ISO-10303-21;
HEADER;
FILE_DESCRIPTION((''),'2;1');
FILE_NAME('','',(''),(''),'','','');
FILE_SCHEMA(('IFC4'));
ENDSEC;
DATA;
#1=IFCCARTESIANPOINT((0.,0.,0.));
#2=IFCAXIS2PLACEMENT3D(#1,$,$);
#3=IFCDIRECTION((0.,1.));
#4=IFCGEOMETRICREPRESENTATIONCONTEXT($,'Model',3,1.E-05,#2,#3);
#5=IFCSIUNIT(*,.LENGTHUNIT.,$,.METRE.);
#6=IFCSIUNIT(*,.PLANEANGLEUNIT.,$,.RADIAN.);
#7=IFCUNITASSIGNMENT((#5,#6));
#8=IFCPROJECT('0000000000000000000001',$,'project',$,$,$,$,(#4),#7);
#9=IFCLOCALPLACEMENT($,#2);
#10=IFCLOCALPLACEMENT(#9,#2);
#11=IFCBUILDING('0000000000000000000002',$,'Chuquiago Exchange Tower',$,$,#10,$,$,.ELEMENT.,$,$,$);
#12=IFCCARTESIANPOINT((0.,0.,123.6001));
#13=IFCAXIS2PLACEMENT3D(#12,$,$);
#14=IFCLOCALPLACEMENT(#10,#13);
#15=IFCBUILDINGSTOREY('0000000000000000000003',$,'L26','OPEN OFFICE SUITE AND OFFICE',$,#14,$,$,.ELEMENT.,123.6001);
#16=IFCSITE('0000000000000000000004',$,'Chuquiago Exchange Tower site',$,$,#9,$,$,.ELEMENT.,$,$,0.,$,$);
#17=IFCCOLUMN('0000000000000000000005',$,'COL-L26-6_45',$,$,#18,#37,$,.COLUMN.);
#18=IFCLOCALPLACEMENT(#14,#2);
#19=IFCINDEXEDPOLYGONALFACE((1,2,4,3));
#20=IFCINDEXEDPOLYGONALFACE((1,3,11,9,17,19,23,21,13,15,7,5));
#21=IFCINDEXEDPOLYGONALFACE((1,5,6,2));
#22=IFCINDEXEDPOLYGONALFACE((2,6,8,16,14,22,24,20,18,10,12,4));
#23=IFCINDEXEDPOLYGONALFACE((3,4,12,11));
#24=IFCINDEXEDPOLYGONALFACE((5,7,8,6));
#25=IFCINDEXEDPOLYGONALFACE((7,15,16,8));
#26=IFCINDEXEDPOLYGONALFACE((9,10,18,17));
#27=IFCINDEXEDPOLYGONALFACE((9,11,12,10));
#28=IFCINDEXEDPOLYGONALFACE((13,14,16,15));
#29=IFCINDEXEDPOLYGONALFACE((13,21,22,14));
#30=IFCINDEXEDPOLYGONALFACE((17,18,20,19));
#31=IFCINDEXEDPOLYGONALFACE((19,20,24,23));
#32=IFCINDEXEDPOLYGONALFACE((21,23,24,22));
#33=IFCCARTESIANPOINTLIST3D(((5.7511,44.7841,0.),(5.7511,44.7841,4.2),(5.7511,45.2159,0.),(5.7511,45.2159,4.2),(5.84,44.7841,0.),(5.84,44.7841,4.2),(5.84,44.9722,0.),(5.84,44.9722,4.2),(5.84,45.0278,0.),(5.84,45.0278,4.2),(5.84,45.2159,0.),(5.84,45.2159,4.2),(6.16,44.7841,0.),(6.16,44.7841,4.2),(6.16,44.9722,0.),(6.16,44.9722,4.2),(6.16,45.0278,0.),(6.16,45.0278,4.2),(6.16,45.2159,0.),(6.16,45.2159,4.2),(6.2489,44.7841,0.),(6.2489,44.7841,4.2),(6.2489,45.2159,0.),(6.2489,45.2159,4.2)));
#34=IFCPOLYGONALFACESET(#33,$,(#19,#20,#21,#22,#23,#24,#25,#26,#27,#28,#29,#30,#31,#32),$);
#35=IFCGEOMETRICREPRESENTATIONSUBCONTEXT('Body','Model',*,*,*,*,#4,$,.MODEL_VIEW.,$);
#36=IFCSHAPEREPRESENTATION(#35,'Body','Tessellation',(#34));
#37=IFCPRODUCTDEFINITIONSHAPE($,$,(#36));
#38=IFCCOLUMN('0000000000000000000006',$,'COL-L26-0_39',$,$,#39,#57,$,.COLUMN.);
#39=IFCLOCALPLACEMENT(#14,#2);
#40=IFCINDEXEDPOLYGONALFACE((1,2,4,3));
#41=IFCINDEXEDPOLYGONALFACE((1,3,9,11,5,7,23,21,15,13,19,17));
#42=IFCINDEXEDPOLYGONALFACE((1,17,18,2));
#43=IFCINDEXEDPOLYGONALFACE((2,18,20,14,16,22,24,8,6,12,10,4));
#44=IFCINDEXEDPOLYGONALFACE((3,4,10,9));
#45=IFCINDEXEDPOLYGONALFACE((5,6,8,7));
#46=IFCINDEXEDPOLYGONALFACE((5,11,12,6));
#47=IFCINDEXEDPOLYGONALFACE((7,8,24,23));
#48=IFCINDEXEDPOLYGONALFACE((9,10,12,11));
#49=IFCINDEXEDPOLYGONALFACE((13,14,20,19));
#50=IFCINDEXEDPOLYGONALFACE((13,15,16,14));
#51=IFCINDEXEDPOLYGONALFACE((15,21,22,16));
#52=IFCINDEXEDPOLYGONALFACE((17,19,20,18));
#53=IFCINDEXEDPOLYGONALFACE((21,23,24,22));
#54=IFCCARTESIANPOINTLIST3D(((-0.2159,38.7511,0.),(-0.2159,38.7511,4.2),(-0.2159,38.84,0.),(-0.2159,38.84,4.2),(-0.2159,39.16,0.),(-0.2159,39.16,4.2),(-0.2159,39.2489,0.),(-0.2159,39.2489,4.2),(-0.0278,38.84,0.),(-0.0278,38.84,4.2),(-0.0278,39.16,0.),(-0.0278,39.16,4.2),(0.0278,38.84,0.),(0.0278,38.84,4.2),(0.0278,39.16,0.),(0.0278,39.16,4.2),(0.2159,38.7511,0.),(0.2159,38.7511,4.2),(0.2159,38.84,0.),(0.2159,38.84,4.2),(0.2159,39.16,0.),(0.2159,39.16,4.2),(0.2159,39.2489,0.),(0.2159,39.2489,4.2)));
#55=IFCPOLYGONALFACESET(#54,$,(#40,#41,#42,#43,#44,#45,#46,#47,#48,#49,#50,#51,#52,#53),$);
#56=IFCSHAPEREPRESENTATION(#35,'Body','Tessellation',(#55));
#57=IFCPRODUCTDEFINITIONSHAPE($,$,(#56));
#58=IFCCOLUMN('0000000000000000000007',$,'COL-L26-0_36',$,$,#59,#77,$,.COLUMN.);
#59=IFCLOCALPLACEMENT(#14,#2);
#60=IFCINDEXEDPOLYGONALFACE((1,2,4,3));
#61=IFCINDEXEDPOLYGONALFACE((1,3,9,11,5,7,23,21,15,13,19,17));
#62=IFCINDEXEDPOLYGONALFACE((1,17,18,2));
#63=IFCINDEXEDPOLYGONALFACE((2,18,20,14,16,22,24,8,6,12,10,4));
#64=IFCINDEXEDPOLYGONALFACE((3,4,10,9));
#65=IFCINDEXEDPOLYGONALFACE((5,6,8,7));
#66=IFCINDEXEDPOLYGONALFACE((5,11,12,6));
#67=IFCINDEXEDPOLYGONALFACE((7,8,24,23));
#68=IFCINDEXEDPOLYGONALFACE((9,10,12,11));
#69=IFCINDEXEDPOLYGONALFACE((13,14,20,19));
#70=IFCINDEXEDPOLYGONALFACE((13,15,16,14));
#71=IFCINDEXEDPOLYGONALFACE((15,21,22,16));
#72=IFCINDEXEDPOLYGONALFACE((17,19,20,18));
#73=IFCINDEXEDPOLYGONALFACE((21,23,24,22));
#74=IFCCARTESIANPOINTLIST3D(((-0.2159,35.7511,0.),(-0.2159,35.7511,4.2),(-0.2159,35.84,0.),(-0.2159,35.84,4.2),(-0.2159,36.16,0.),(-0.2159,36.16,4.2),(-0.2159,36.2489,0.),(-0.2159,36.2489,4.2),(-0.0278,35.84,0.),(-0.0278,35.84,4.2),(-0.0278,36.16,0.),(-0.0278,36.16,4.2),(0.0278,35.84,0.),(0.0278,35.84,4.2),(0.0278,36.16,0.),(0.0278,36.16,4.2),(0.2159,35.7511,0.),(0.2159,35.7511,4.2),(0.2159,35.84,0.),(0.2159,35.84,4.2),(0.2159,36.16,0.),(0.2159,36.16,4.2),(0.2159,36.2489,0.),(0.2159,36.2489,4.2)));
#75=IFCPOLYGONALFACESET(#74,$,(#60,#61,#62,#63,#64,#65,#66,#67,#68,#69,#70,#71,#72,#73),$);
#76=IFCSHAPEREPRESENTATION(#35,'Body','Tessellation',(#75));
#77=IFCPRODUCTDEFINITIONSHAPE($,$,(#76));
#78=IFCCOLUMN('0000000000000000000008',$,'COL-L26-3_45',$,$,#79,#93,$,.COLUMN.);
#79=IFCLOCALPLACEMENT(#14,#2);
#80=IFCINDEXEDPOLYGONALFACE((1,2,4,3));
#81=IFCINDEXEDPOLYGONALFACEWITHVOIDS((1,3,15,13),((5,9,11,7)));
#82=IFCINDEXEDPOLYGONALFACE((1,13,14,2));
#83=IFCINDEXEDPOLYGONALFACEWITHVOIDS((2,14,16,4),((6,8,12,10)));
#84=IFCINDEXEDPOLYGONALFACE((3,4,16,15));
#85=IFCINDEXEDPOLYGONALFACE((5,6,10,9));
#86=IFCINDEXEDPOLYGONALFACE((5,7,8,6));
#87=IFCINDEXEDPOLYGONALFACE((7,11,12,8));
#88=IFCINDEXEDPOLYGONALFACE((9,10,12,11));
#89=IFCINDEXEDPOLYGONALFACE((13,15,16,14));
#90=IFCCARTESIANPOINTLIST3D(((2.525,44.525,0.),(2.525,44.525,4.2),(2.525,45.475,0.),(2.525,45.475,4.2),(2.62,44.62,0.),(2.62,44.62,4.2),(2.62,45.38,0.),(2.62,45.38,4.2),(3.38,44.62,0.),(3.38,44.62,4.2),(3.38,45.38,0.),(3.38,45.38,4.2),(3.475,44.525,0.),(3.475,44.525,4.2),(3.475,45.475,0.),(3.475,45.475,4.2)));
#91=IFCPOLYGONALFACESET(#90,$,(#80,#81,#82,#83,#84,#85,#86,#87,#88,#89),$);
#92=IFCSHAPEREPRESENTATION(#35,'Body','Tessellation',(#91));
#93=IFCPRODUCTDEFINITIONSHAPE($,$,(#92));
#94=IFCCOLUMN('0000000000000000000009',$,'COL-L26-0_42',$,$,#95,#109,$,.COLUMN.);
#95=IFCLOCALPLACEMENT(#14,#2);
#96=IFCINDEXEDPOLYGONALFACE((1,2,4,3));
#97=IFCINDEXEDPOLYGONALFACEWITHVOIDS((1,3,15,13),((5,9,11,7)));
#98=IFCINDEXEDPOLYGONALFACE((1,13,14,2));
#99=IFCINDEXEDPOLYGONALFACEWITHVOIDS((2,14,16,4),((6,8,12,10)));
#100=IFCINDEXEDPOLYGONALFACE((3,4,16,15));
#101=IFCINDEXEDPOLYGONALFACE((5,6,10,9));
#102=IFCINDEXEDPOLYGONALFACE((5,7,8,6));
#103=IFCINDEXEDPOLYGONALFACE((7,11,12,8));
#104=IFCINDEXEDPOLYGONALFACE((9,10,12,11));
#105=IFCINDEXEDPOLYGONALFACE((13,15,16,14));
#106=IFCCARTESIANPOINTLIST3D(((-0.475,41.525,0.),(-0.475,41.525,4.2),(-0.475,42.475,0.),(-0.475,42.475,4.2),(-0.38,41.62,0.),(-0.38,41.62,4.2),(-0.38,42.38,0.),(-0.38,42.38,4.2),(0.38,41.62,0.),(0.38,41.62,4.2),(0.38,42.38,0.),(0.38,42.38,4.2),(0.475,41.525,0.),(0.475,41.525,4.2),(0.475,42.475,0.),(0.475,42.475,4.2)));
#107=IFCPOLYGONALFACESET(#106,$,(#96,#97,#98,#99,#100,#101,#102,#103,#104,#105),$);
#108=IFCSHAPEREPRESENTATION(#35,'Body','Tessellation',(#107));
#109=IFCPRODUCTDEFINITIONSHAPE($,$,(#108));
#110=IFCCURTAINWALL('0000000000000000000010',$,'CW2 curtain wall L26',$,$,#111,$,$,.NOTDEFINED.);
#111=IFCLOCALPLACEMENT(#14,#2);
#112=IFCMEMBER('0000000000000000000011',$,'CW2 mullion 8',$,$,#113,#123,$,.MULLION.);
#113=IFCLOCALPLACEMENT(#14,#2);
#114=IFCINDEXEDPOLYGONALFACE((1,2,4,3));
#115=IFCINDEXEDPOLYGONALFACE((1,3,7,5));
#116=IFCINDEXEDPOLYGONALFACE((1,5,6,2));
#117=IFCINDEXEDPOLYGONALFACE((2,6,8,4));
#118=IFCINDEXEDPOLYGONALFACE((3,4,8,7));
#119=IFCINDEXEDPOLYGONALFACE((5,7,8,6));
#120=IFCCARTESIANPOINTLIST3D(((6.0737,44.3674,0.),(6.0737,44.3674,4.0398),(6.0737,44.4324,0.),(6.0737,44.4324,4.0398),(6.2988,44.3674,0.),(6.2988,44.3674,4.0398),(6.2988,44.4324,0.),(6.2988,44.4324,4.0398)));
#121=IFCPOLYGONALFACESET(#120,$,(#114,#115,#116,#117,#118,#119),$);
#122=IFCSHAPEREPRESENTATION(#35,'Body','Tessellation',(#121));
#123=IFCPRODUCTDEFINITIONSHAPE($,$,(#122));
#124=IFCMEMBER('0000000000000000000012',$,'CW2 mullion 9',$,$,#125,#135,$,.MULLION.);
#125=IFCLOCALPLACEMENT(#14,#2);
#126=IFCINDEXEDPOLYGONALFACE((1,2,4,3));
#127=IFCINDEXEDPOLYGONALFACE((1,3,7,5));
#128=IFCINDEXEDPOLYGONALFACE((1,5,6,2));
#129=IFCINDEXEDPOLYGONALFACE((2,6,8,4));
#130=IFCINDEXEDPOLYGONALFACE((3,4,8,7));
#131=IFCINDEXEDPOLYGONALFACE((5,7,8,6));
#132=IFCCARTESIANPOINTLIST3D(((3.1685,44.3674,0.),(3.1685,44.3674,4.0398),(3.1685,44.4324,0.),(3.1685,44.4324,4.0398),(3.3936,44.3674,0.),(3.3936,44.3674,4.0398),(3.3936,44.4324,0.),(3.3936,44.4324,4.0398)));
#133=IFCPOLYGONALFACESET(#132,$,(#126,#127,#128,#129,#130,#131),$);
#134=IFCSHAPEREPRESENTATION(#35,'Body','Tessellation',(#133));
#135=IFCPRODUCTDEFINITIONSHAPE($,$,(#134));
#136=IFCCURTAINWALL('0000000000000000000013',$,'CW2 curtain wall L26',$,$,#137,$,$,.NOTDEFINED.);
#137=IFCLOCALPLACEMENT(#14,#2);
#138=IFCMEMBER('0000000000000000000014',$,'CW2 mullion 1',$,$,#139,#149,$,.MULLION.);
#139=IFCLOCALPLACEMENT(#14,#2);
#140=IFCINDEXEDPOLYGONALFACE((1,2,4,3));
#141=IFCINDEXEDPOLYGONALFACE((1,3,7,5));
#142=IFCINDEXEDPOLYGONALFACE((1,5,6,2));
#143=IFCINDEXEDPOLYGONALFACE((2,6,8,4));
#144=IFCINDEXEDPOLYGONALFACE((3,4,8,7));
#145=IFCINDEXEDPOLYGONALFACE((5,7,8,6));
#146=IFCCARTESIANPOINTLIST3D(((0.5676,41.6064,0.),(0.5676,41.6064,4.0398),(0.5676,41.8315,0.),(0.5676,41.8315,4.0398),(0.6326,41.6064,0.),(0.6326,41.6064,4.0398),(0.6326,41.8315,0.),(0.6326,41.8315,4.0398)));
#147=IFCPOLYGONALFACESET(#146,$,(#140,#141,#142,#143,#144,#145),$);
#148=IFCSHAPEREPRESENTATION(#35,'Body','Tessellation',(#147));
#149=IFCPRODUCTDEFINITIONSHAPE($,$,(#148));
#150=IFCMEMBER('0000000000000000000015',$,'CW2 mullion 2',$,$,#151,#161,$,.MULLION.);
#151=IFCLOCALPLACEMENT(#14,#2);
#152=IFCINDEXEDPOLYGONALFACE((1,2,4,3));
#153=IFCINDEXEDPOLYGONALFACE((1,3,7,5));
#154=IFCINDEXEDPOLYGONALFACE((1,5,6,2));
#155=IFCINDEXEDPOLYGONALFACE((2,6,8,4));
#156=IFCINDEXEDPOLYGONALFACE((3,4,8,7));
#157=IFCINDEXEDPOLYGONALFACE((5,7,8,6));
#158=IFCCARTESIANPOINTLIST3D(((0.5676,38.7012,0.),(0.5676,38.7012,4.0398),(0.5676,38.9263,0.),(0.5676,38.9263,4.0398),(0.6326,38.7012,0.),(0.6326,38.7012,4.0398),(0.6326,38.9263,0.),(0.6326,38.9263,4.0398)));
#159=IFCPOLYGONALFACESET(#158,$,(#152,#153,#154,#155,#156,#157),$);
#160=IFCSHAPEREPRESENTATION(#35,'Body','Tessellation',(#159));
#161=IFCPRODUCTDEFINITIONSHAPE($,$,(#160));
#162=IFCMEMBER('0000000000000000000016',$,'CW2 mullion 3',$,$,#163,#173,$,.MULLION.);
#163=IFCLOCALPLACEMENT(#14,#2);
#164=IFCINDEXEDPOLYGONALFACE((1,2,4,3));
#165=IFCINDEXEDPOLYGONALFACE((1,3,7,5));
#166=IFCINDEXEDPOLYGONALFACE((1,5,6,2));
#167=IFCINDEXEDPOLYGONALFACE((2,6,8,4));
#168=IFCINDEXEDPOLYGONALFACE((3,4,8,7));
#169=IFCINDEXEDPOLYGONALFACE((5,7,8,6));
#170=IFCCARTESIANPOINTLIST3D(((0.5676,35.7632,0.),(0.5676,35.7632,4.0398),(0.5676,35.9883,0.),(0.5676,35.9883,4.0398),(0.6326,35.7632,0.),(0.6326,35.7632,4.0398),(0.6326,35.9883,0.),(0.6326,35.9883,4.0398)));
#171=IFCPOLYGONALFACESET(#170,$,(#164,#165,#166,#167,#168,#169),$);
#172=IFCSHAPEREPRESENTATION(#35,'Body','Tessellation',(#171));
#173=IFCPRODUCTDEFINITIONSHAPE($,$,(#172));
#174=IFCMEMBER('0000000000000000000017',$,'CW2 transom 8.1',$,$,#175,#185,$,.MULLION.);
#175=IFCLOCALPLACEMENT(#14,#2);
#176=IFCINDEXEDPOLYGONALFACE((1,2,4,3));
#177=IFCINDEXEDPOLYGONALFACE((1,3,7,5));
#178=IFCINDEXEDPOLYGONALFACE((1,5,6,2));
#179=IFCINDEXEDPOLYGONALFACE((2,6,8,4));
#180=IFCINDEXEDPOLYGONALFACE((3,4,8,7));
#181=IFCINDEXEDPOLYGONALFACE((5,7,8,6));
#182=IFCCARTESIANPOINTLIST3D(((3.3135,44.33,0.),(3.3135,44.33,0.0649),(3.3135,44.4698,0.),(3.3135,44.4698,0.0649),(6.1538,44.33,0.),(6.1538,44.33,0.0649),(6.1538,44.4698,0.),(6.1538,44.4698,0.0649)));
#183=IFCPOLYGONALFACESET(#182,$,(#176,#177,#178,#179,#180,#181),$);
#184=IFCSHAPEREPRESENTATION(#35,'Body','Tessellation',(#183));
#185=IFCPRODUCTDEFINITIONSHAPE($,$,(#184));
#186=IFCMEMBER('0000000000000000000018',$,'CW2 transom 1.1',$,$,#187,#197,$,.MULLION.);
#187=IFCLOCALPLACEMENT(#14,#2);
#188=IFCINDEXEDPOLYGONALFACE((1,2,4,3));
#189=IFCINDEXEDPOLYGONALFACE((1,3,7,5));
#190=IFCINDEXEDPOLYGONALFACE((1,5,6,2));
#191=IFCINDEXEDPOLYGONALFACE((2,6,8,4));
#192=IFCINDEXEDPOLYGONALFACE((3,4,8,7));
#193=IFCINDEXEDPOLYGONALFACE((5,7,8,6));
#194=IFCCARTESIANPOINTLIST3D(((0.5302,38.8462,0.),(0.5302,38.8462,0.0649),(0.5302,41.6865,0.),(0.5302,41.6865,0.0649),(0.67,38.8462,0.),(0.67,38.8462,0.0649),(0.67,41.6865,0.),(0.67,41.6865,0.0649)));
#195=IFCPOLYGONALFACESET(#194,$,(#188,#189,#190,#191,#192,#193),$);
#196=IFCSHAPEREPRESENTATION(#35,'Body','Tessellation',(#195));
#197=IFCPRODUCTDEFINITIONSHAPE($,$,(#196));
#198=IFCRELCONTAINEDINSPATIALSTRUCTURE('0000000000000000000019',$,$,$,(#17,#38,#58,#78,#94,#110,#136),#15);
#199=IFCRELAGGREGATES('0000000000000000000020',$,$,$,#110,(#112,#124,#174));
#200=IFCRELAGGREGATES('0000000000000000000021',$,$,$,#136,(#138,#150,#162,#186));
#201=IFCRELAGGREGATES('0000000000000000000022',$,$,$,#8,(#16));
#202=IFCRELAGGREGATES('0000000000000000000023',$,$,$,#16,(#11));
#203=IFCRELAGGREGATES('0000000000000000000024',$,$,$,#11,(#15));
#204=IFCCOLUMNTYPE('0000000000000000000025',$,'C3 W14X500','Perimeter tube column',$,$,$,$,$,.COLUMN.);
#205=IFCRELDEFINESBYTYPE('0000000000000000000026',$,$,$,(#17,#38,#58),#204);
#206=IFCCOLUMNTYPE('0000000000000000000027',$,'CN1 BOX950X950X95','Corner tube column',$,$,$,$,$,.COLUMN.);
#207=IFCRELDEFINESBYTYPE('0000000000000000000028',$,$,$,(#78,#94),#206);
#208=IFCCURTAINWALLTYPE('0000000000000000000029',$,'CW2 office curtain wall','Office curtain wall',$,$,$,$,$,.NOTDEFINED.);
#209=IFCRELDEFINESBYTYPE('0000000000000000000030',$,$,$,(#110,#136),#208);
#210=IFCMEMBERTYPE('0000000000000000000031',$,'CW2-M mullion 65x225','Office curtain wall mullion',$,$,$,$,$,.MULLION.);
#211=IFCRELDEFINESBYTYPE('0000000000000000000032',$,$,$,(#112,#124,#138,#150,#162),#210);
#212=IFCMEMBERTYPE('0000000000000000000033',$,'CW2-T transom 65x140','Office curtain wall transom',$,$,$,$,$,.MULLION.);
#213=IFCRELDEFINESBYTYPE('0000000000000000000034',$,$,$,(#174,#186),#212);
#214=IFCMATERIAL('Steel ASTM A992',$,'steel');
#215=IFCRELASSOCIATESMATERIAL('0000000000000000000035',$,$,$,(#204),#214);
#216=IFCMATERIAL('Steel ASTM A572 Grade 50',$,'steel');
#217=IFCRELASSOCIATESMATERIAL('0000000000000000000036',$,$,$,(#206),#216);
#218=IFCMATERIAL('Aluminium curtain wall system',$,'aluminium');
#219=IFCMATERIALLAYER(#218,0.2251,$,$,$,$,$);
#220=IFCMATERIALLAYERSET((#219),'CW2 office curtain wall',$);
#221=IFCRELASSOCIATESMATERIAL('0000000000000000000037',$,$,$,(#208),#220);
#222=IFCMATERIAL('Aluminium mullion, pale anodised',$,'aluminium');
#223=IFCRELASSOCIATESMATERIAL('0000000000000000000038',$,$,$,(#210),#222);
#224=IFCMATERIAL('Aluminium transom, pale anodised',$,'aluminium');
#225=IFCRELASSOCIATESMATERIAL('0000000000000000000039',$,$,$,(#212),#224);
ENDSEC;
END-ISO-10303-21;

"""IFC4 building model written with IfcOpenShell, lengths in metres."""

from ifc_helpers import new_model, si_unit, direction, frame, origin, origin_2d, place, context, subcontext, project, spatial, rectangle, hollow_rectangle, i_section, extrude, material, layer, layer_set, material_profile, profile_set, type_object, element, aggregate, save


model = new_model("IFC4")

# Units and contexts
model_context = context("Model", 3, precision=1e-05, world=origin(), true_north=direction((0.0, 1.0)))
body_context = subcontext(model_context, "Body", "Model", "MODEL_VIEW")
ifc_project = project(units=[si_unit("LENGTHUNIT", "METRE"), si_unit("PLANEANGLEUNIT", "RADIAN")], contexts=[model_context])

# Site, building, storey
site_placement = place(None, origin())
site = spatial("IfcSite", under=ifc_project, at=site_placement, Name="Chuquiago Exchange Tower site", CompositionType="ELEMENT", RefElevation=0.0)
building_placement = place(site_placement, origin())
building = spatial("IfcBuilding", under=site, at=building_placement, Name="Chuquiago Exchange Tower", CompositionType="ELEMENT")
storey_placement = place(building_placement, frame((0.0, 0.0, 123.6001)))
storey = spatial("IfcBuildingStorey", under=building, at=storey_placement, Name="L26", Description="OPEN OFFICE SUITE AND OFFICE", CompositionType="ELEMENT", Elevation=123.6001)

# Columns
ifc_material_1 = material(Name="Steel ASTM A992", Category="steel")
ifc_material_profile_1 = material_profile(ifc_material_1, i_section(OverallWidth=0.4319, OverallDepth=0.4978, WebThickness=0.0557, FlangeThickness=0.0889, at=origin_2d()), Name="W14X500")
ifc_profile_set_1 = profile_set([ifc_material_profile_1], Name="Steel ASTM A992")
column_type_1 = type_object("IfcColumnType", Name="C3 W14X500", Description="Perimeter tube column", PredefinedType="COLUMN", material=ifc_profile_set_1)
for number, where, z_axis, x_axis, name in (
    (1, (6.0, 45.0, 0.0), (0.0, 0.0, 1.0), (0.0, 1.0, 0.0), "COL-L26-6_45"),
    (2, (0.0, 39.0, 0.0), (0.0, 0.0, 1.0), (-1.0, 0.0, 0.0), "COL-L26-0_39"),
    (3, (0.0, 36.0, 0.0), (0.0, 0.0, 1.0), (-1.0, 0.0, 0.0), "COL-L26-0_36"),
):
    element("IfcColumn", number, at=place(storey_placement, frame(where, z_axis=z_axis, x_axis=x_axis)), inside=storey, type_object=column_type_1, Name=name, PredefinedType="COLUMN", context=body_context, shape_type="SweptSolid", body=[
        extrude(i_section(OverallWidth=0.4319, OverallDepth=0.4978, WebThickness=0.0557, FlangeThickness=0.0889, at=origin_2d()), origin(), (0.0, 0.0, 1.0), 4.2),
    ])
ifc_material_2 = material(Name="Steel ASTM A572 Grade 50", Category="steel")
ifc_material_profile_2 = material_profile(ifc_material_2, hollow_rectangle(XDim=0.95, YDim=0.95, WallThickness=0.095, at=origin_2d()), Name="BOX950X950X95")
ifc_profile_set_2 = profile_set([ifc_material_profile_2], Name="Steel ASTM A572 Grade 50")
column_type_2 = type_object("IfcColumnType", Name="CN1 BOX950X950X95", Description="Corner tube column", PredefinedType="COLUMN", material=ifc_profile_set_2)
for number, where, z_axis, x_axis, name in (
    (4, (3.0, 45.0, 0.0), (0.0, 0.0, 1.0), (0.0, 1.0, 0.0), "COL-L26-3_45"),
    (5, (0.0, 42.0, 0.0), (0.0, 0.0, 1.0), (-1.0, 0.0, 0.0), "COL-L26-0_42"),
):
    element("IfcColumn", number, at=place(storey_placement, frame(where, z_axis=z_axis, x_axis=x_axis)), inside=storey, type_object=column_type_2, Name=name, PredefinedType="COLUMN", context=body_context, shape_type="SweptSolid", body=[
        extrude(hollow_rectangle(XDim=0.95, YDim=0.95, WallThickness=0.095, at=origin_2d()), origin(), (0.0, 0.0, 1.0), 4.2),
    ])

# Curtain walls, members
ifc_material_3 = material(Name="Aluminium curtain wall system", Category="aluminium")
ifc_layer_1 = layer(ifc_material_3, 0.2251)
ifc_layer_set_1 = layer_set([ifc_layer_1], Name="CW2 office curtain wall")
curtain_wall_type_1 = type_object("IfcCurtainWallType", Name="CW2 office curtain wall", Description="Office curtain wall", PredefinedType="NOTDEFINED", material=ifc_layer_set_1)
curtain_wall_1_placement = place(storey_placement, origin())
curtain_wall_1 = element("IfcCurtainWall", 6, at=curtain_wall_1_placement, inside=storey, type_object=curtain_wall_type_1, Name="CW2 curtain wall L26", PredefinedType="NOTDEFINED")
ifc_material_4 = material(Name="Aluminium mullion, pale anodised", Category="aluminium")
ifc_material_profile_3 = material_profile(ifc_material_4, rectangle(XDim=0.0649, YDim=0.2251, at=origin_2d()), Name="AL 65x225")
ifc_profile_set_3 = profile_set([ifc_material_profile_3], Name="Aluminium mullion, pale anodised")
member_type_1 = type_object("IfcMemberType", Name="CW2-M mullion 65x225", Description="Office curtain wall mullion", PredefinedType="MULLION", material=ifc_profile_set_3)
member_1_placement = place(storey_placement, frame((6.1863, 44.3999, 0.0), z_axis=(0.0, 0.0, 1.0), x_axis=(0.0, -1.0, 0.0)))
member_1 = element("IfcMember", 7, at=member_1_placement, type_object=member_type_1, Name="CW2 mullion 8", PredefinedType="MULLION", context=body_context, shape_type="SweptSolid", body=[
    extrude(rectangle(XDim=0.0649, YDim=0.2251, at=origin_2d()), origin(), (0.0, 0.0, 1.0), 4.0398),
])
member_2_placement = place(storey_placement, frame((3.281, 44.3999, 0.0), z_axis=(0.0, 0.0, 1.0), x_axis=(0.0, -1.0, 0.0)))
member_2 = element("IfcMember", 8, at=member_2_placement, type_object=member_type_1, Name="CW2 mullion 9", PredefinedType="MULLION", context=body_context, shape_type="SweptSolid", body=[
    extrude(rectangle(XDim=0.0649, YDim=0.2251, at=origin_2d()), origin(), (0.0, 0.0, 1.0), 4.0398),
])
curtain_wall_2_placement = place(storey_placement, origin())
curtain_wall_2 = element("IfcCurtainWall", 9, at=curtain_wall_2_placement, inside=storey, type_object=curtain_wall_type_1, Name="CW2 curtain wall L26", PredefinedType="NOTDEFINED")
member_3_placement = place(storey_placement, frame((0.6001, 41.719, 0.0), z_axis=(0.0, 0.0, 1.0), x_axis=(1.0, 0.0, 0.0)))
member_3 = element("IfcMember", 10, at=member_3_placement, type_object=member_type_1, Name="CW2 mullion 1", PredefinedType="MULLION", context=body_context, shape_type="SweptSolid", body=[
    extrude(rectangle(XDim=0.0649, YDim=0.2251, at=origin_2d()), origin(), (0.0, 0.0, 1.0), 4.0398),
])
member_4_placement = place(storey_placement, frame((0.6001, 38.8137, 0.0), z_axis=(0.0, 0.0, 1.0), x_axis=(1.0, 0.0, 0.0)))
member_4 = element("IfcMember", 11, at=member_4_placement, type_object=member_type_1, Name="CW2 mullion 2", PredefinedType="MULLION", context=body_context, shape_type="SweptSolid", body=[
    extrude(rectangle(XDim=0.0649, YDim=0.2251, at=origin_2d()), origin(), (0.0, 0.0, 1.0), 4.0398),
])
member_5_placement = place(storey_placement, frame((0.6001, 35.8757, 0.0), z_axis=(0.0, 0.0, 1.0), x_axis=(1.0, 0.0, 0.0)))
member_5 = element("IfcMember", 12, at=member_5_placement, type_object=member_type_1, Name="CW2 mullion 3", PredefinedType="MULLION", context=body_context, shape_type="SweptSolid", body=[
    extrude(rectangle(XDim=0.0649, YDim=0.2251, at=origin_2d()), origin(), (0.0, 0.0, 1.0), 4.0398),
])

# Members
ifc_material_5 = material(Name="Aluminium transom, pale anodised", Category="aluminium")
ifc_material_profile_4 = material_profile(ifc_material_5, rectangle(XDim=0.1399, YDim=0.0649, at=origin_2d()), Name="AL 140x65")
ifc_profile_set_4 = profile_set([ifc_material_profile_4], Name="Aluminium transom, pale anodised")
member_type_2 = type_object("IfcMemberType", Name="CW2-T transom 65x140", Description="Office curtain wall transom", PredefinedType="MULLION", material=ifc_profile_set_4)
member_6_placement = place(storey_placement, frame((6.1538, 44.3999, 0.0325), z_axis=(-1.0, 0.0, 0.0), x_axis=(0.0, -1.0, 0.0)))
member_6 = element("IfcMember", 13, at=member_6_placement, type_object=member_type_2, Name="CW2 transom 8.1", PredefinedType="MULLION", context=body_context, shape_type="SweptSolid", body=[
    extrude(rectangle(XDim=0.1399, YDim=0.0649, at=origin_2d()), origin(), (0.0, 0.0, 1.0), 2.8403),
])
member_7_placement = place(storey_placement, frame((0.6001, 41.6865, 0.0325), z_axis=(0.0, -1.0, 0.0), x_axis=(1.0, 0.0, 0.0)))
member_7 = element("IfcMember", 14, at=member_7_placement, type_object=member_type_2, Name="CW2 transom 1.1", PredefinedType="MULLION", context=body_context, shape_type="SweptSolid", body=[
    extrude(rectangle(XDim=0.1399, YDim=0.0649, at=origin_2d()), origin(), (0.0, 0.0, 1.0), 2.8403),
])

aggregate(curtain_wall_1, [member_1, member_2, member_6])
aggregate(curtain_wall_2, [member_3, member_4, member_5, member_7])

save(model, "model.ifc")
